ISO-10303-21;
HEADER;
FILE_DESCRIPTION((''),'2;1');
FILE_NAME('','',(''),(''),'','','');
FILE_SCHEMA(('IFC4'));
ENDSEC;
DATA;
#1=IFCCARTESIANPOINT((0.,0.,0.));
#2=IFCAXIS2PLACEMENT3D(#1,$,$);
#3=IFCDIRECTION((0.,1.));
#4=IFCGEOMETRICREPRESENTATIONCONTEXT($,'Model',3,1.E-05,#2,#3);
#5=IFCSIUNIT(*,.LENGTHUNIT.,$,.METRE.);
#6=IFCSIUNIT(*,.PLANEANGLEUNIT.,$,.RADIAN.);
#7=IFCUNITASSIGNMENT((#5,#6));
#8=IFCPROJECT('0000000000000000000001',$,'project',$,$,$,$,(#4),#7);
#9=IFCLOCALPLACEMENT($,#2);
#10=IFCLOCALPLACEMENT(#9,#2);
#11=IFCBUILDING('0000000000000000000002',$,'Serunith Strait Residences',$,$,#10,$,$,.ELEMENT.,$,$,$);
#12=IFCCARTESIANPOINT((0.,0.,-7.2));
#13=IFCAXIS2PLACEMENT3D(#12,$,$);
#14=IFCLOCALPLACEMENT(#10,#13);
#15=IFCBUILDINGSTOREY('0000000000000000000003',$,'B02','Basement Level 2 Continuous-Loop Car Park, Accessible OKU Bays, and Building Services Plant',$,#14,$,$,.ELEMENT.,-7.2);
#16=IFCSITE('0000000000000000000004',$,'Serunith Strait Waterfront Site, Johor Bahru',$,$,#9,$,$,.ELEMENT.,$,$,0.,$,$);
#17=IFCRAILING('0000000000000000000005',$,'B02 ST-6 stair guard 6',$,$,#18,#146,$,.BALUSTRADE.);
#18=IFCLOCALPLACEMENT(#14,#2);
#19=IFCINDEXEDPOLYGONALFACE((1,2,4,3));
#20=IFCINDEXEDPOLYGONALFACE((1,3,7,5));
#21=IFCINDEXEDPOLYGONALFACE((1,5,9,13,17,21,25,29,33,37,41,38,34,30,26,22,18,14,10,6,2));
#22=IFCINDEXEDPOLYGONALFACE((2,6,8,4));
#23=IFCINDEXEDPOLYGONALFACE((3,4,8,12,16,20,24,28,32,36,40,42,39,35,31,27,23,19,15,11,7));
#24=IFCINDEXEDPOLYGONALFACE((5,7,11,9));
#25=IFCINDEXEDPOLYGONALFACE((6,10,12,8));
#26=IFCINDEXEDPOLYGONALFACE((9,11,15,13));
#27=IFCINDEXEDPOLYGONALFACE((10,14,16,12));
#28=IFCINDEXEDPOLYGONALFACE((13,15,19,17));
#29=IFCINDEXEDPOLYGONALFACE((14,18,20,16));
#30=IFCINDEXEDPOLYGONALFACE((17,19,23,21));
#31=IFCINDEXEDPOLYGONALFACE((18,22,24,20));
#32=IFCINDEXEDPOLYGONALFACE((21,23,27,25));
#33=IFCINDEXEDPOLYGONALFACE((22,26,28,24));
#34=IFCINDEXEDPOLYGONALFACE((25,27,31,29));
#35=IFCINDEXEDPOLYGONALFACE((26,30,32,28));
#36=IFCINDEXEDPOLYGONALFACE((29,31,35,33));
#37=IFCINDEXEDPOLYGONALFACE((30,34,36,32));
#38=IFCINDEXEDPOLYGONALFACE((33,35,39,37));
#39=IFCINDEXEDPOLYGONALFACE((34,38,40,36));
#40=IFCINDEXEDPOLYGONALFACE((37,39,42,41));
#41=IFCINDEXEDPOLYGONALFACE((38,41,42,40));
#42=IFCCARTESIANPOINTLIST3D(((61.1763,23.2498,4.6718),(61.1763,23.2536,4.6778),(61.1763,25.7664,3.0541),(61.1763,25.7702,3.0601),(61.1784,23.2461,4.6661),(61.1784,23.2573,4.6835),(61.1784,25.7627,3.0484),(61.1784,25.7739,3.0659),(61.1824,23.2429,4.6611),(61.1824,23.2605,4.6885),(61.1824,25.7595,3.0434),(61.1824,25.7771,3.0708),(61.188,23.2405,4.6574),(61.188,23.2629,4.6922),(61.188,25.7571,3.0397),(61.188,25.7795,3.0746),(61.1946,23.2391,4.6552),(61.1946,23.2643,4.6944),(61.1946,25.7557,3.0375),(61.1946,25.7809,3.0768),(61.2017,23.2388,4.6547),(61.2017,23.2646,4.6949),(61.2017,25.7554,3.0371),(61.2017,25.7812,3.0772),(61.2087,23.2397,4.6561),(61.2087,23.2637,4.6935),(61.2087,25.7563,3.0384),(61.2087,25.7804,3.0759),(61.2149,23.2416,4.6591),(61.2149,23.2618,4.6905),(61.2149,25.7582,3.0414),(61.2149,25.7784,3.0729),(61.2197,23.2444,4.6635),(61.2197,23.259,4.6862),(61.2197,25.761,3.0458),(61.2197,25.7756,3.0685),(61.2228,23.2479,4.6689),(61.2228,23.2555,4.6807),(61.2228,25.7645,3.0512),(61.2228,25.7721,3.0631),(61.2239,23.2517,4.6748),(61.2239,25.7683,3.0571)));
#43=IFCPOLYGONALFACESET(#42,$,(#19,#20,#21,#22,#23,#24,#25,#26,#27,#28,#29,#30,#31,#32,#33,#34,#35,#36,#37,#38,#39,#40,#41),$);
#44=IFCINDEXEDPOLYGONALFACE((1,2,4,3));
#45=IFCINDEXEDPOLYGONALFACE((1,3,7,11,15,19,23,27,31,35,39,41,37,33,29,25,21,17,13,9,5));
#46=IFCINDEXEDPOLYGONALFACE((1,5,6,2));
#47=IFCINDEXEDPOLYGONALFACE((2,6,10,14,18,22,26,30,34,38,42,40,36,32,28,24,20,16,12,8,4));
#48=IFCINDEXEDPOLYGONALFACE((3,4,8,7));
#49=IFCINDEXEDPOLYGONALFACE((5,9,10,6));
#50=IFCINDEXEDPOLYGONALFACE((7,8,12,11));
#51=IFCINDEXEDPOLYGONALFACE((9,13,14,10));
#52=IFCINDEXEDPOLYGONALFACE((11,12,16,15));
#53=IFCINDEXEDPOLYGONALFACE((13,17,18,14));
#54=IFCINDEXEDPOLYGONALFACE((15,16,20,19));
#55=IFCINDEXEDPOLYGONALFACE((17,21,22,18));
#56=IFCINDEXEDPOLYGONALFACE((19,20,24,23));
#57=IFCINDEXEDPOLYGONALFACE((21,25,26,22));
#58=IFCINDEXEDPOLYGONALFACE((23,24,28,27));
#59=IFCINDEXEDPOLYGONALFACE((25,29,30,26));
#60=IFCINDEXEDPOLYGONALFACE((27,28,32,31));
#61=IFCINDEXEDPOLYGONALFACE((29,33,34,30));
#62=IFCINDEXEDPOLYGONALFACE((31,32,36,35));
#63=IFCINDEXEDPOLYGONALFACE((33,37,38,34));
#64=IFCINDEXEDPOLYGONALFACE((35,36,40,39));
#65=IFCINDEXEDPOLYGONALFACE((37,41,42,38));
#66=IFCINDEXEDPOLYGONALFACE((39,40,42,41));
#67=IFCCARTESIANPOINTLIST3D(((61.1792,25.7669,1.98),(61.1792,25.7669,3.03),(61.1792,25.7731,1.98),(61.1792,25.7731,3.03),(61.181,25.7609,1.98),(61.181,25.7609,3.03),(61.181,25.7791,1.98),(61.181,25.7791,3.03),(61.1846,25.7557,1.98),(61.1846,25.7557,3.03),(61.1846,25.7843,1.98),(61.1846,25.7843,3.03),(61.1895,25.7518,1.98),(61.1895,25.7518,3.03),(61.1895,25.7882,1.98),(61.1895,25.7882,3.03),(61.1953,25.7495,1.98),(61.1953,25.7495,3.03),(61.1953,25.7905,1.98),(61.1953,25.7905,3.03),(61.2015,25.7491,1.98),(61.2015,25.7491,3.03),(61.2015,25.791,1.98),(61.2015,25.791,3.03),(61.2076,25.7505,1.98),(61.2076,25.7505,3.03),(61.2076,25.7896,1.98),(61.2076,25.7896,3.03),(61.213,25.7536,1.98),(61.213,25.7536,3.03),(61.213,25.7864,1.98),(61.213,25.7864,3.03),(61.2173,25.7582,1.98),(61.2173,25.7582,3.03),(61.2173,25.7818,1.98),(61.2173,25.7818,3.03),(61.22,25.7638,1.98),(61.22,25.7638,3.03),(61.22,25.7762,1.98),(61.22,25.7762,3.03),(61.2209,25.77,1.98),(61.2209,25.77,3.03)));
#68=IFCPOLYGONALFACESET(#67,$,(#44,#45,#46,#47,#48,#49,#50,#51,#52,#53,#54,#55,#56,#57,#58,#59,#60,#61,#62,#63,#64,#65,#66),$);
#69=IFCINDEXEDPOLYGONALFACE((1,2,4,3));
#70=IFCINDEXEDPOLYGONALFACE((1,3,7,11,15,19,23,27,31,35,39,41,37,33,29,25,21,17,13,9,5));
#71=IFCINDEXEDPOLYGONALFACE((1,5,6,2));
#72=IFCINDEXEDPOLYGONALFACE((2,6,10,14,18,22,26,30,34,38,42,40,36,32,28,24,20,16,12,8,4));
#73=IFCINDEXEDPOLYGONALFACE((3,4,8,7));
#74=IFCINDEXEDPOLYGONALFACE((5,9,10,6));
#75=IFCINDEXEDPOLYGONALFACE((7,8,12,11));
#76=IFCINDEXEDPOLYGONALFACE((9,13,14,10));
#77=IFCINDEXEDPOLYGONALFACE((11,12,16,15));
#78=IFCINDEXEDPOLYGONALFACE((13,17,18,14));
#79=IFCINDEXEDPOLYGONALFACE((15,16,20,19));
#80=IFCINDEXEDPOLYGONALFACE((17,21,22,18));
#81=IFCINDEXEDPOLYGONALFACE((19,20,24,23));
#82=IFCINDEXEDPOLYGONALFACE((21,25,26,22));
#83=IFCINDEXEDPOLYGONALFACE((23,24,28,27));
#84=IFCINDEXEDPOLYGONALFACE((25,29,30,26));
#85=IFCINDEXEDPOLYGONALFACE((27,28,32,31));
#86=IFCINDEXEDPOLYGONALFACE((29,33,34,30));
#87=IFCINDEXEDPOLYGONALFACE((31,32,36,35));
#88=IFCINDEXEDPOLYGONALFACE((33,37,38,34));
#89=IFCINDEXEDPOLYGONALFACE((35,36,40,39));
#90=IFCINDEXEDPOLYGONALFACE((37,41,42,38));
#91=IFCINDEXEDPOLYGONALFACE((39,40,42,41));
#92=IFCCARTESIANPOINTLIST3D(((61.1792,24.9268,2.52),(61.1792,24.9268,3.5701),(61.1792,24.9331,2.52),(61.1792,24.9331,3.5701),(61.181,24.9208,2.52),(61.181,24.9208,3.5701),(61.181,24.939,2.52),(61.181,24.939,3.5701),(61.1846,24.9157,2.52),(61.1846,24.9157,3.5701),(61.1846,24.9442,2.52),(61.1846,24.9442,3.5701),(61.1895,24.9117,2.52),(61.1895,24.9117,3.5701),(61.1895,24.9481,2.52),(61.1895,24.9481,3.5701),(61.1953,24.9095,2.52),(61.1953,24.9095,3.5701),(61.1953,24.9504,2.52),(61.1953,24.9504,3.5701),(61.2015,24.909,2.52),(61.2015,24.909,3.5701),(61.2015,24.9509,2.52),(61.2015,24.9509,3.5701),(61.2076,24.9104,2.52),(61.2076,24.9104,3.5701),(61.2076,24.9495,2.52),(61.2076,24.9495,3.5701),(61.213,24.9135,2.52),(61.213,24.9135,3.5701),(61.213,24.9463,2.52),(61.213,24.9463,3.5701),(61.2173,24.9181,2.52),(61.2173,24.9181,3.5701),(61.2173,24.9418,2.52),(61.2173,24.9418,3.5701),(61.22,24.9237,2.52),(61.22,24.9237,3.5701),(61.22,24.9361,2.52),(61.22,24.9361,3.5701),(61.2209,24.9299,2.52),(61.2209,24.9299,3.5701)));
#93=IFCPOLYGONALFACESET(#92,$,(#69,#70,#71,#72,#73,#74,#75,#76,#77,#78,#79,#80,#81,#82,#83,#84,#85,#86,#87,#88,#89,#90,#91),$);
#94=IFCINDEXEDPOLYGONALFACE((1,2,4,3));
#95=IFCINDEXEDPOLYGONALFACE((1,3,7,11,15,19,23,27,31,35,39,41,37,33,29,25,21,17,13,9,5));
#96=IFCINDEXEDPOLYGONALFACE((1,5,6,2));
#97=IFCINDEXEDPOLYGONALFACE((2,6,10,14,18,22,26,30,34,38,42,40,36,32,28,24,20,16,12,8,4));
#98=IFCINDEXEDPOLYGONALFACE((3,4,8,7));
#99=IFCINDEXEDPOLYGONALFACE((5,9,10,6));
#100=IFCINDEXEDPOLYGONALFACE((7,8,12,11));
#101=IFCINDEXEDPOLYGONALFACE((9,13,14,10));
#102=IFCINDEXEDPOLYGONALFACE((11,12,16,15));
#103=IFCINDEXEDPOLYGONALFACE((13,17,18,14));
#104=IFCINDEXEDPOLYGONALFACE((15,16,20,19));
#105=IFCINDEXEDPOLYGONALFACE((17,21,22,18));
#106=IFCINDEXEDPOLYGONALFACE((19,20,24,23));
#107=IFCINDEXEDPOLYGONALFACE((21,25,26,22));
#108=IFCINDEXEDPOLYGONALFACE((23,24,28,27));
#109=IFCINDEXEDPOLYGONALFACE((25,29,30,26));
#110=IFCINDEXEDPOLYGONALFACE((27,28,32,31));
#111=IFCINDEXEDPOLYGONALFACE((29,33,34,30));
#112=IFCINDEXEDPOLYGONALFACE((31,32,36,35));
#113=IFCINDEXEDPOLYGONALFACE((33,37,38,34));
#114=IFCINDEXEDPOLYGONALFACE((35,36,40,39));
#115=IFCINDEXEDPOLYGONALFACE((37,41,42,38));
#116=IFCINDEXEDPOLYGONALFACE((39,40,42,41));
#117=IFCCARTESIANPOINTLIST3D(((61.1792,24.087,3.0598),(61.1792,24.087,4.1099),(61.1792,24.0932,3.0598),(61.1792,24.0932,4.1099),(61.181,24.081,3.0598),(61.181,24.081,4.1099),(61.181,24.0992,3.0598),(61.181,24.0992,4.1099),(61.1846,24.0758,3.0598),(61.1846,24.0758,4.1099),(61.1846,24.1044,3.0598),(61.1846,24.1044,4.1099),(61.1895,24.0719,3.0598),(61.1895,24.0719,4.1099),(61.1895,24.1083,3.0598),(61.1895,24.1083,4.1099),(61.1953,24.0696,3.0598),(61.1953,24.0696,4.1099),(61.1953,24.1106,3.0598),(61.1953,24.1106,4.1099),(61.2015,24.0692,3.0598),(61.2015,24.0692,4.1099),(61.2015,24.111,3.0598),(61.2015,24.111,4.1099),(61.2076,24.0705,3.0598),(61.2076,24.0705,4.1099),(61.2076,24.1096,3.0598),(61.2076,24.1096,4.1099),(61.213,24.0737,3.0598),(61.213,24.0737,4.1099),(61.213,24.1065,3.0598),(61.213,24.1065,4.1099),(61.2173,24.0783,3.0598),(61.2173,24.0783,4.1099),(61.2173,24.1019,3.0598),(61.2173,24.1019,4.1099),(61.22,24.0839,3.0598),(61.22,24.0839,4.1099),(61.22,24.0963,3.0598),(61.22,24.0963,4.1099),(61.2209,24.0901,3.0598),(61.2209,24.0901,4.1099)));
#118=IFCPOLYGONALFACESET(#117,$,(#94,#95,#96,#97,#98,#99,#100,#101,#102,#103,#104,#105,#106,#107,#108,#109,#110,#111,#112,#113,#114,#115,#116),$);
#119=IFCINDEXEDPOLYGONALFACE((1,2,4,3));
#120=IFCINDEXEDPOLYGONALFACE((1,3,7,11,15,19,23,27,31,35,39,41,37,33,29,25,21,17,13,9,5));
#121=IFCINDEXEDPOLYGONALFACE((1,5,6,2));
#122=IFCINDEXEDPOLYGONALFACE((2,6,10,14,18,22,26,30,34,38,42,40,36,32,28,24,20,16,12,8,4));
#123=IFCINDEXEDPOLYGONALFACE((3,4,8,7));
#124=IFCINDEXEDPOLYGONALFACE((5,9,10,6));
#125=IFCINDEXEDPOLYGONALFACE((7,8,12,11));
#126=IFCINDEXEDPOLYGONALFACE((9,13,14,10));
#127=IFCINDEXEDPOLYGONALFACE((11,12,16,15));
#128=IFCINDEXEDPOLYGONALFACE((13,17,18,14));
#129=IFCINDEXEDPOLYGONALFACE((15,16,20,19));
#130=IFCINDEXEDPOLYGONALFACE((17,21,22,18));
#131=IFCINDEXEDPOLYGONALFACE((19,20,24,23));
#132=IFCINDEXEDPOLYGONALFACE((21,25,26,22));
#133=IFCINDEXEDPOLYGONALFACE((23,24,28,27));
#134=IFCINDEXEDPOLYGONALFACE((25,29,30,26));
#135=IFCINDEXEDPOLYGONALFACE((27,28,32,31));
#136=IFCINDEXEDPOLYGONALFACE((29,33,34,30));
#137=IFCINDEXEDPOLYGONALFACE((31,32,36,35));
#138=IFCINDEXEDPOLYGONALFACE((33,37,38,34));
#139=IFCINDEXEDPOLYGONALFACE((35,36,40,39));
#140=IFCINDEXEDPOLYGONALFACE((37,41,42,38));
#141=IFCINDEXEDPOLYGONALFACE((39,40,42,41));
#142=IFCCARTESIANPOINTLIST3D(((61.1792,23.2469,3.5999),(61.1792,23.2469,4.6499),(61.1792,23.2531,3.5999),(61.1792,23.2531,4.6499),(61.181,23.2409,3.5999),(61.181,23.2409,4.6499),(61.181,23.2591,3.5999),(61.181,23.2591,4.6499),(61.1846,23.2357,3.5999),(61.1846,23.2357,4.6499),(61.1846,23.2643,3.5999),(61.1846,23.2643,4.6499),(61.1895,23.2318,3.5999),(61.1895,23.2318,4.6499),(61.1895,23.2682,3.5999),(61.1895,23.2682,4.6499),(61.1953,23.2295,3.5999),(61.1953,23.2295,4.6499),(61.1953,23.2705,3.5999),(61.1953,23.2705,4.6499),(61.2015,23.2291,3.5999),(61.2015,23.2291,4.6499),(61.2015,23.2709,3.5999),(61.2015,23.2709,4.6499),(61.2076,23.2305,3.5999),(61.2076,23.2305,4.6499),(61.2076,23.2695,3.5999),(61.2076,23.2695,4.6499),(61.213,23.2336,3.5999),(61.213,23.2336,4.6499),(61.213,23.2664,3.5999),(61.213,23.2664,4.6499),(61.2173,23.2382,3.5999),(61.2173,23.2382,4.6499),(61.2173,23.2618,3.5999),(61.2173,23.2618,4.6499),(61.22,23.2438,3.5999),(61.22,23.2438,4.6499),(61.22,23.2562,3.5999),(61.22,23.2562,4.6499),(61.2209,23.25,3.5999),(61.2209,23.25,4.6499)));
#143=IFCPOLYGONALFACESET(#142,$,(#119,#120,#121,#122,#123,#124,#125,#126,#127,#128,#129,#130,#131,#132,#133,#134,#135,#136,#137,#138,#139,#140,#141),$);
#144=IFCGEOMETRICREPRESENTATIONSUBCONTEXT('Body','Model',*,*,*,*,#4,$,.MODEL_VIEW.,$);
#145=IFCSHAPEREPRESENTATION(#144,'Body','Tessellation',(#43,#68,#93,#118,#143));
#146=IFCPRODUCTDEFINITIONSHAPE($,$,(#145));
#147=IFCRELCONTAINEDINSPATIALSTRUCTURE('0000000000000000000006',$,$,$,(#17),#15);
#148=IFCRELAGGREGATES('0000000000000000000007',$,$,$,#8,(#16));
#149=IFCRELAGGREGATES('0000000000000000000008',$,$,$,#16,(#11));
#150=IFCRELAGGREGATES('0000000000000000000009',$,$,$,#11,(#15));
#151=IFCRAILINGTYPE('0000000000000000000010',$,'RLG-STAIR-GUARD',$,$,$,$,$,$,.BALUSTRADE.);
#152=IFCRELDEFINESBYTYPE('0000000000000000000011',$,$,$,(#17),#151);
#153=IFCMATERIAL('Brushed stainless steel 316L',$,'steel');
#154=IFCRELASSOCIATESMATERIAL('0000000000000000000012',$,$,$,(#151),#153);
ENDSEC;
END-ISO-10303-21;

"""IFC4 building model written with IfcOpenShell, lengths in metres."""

from ifc_helpers import new_model, si_unit, direction, frame, origin, origin_2d, place, context, subcontext, project, spatial, circle, extrude, material, type_object, element, save


model = new_model("IFC4")

# Units and contexts
model_context = context("Model", 3, precision=1e-05, world=origin(), true_north=direction((0.0, 1.0)))
body_context = subcontext(model_context, "Body", "Model", "MODEL_VIEW")
ifc_project = project(units=[si_unit("LENGTHUNIT", "METRE"), si_unit("PLANEANGLEUNIT", "RADIAN")], contexts=[model_context])

# Site, building, storey
site_placement = place(None, origin())
site = spatial("IfcSite", under=ifc_project, at=site_placement, Name="Serunith Strait Waterfront Site, Johor Bahru", CompositionType="ELEMENT", RefElevation=0.0)
building_placement = place(site_placement, origin())
building = spatial("IfcBuilding", under=site, at=building_placement, Name="Serunith Strait Residences", CompositionType="ELEMENT")
storey_placement = place(building_placement, frame((0.0, 0.0, -7.2)))
storey = spatial("IfcBuildingStorey", under=building, at=storey_placement, Name="B02", Description="Basement Level 2 Continuous-Loop Car Park, Accessible OKU Bays, and Building Services Plant", CompositionType="ELEMENT", Elevation=-7.2)

# Railing
ifc_material_1 = material(Name="Brushed stainless steel 316L", Category="steel")
railing_type_1 = type_object("IfcRailingType", Name="RLG-STAIR-GUARD", PredefinedType="BALUSTRADE", material=ifc_material_1)
railing_1_placement = place(storey_placement, frame((61.2, 25.77, 1.98)))
element("IfcRailing", 1, at=railing_1_placement, inside=storey, type_object=railing_type_1, Name="B02 ST-6 stair guard 6", PredefinedType="BALUSTRADE", context=body_context, shape_type="SweptSolid", body=[
    extrude(circle(Radius=0.0239, at=origin_2d()), frame((0.0, -0.0017, 1.0771), z_axis=(0.0, -0.8412, 0.540725), x_axis=(1.0, 0.0, 0.0)), (0.0, 0.0, 1.0), 2.9917),
    extrude(circle(Radius=0.021, at=origin_2d()), origin(), (0.0, 0.0, 1.0), 1.05),
    extrude(circle(Radius=0.021, at=origin_2d()), frame((0.0, -0.8401, 0.54)), (0.0, 0.0, 1.0), 1.05),
    extrude(circle(Radius=0.021, at=origin_2d()), frame((0.0, -1.6799, 1.0798)), (0.0, 0.0, 1.0), 1.05),
    extrude(circle(Radius=0.021, at=origin_2d()), frame((0.0, -2.52, 1.6199)), (0.0, 0.0, 1.0), 1.05),
])

save(model, "model.ifc")
